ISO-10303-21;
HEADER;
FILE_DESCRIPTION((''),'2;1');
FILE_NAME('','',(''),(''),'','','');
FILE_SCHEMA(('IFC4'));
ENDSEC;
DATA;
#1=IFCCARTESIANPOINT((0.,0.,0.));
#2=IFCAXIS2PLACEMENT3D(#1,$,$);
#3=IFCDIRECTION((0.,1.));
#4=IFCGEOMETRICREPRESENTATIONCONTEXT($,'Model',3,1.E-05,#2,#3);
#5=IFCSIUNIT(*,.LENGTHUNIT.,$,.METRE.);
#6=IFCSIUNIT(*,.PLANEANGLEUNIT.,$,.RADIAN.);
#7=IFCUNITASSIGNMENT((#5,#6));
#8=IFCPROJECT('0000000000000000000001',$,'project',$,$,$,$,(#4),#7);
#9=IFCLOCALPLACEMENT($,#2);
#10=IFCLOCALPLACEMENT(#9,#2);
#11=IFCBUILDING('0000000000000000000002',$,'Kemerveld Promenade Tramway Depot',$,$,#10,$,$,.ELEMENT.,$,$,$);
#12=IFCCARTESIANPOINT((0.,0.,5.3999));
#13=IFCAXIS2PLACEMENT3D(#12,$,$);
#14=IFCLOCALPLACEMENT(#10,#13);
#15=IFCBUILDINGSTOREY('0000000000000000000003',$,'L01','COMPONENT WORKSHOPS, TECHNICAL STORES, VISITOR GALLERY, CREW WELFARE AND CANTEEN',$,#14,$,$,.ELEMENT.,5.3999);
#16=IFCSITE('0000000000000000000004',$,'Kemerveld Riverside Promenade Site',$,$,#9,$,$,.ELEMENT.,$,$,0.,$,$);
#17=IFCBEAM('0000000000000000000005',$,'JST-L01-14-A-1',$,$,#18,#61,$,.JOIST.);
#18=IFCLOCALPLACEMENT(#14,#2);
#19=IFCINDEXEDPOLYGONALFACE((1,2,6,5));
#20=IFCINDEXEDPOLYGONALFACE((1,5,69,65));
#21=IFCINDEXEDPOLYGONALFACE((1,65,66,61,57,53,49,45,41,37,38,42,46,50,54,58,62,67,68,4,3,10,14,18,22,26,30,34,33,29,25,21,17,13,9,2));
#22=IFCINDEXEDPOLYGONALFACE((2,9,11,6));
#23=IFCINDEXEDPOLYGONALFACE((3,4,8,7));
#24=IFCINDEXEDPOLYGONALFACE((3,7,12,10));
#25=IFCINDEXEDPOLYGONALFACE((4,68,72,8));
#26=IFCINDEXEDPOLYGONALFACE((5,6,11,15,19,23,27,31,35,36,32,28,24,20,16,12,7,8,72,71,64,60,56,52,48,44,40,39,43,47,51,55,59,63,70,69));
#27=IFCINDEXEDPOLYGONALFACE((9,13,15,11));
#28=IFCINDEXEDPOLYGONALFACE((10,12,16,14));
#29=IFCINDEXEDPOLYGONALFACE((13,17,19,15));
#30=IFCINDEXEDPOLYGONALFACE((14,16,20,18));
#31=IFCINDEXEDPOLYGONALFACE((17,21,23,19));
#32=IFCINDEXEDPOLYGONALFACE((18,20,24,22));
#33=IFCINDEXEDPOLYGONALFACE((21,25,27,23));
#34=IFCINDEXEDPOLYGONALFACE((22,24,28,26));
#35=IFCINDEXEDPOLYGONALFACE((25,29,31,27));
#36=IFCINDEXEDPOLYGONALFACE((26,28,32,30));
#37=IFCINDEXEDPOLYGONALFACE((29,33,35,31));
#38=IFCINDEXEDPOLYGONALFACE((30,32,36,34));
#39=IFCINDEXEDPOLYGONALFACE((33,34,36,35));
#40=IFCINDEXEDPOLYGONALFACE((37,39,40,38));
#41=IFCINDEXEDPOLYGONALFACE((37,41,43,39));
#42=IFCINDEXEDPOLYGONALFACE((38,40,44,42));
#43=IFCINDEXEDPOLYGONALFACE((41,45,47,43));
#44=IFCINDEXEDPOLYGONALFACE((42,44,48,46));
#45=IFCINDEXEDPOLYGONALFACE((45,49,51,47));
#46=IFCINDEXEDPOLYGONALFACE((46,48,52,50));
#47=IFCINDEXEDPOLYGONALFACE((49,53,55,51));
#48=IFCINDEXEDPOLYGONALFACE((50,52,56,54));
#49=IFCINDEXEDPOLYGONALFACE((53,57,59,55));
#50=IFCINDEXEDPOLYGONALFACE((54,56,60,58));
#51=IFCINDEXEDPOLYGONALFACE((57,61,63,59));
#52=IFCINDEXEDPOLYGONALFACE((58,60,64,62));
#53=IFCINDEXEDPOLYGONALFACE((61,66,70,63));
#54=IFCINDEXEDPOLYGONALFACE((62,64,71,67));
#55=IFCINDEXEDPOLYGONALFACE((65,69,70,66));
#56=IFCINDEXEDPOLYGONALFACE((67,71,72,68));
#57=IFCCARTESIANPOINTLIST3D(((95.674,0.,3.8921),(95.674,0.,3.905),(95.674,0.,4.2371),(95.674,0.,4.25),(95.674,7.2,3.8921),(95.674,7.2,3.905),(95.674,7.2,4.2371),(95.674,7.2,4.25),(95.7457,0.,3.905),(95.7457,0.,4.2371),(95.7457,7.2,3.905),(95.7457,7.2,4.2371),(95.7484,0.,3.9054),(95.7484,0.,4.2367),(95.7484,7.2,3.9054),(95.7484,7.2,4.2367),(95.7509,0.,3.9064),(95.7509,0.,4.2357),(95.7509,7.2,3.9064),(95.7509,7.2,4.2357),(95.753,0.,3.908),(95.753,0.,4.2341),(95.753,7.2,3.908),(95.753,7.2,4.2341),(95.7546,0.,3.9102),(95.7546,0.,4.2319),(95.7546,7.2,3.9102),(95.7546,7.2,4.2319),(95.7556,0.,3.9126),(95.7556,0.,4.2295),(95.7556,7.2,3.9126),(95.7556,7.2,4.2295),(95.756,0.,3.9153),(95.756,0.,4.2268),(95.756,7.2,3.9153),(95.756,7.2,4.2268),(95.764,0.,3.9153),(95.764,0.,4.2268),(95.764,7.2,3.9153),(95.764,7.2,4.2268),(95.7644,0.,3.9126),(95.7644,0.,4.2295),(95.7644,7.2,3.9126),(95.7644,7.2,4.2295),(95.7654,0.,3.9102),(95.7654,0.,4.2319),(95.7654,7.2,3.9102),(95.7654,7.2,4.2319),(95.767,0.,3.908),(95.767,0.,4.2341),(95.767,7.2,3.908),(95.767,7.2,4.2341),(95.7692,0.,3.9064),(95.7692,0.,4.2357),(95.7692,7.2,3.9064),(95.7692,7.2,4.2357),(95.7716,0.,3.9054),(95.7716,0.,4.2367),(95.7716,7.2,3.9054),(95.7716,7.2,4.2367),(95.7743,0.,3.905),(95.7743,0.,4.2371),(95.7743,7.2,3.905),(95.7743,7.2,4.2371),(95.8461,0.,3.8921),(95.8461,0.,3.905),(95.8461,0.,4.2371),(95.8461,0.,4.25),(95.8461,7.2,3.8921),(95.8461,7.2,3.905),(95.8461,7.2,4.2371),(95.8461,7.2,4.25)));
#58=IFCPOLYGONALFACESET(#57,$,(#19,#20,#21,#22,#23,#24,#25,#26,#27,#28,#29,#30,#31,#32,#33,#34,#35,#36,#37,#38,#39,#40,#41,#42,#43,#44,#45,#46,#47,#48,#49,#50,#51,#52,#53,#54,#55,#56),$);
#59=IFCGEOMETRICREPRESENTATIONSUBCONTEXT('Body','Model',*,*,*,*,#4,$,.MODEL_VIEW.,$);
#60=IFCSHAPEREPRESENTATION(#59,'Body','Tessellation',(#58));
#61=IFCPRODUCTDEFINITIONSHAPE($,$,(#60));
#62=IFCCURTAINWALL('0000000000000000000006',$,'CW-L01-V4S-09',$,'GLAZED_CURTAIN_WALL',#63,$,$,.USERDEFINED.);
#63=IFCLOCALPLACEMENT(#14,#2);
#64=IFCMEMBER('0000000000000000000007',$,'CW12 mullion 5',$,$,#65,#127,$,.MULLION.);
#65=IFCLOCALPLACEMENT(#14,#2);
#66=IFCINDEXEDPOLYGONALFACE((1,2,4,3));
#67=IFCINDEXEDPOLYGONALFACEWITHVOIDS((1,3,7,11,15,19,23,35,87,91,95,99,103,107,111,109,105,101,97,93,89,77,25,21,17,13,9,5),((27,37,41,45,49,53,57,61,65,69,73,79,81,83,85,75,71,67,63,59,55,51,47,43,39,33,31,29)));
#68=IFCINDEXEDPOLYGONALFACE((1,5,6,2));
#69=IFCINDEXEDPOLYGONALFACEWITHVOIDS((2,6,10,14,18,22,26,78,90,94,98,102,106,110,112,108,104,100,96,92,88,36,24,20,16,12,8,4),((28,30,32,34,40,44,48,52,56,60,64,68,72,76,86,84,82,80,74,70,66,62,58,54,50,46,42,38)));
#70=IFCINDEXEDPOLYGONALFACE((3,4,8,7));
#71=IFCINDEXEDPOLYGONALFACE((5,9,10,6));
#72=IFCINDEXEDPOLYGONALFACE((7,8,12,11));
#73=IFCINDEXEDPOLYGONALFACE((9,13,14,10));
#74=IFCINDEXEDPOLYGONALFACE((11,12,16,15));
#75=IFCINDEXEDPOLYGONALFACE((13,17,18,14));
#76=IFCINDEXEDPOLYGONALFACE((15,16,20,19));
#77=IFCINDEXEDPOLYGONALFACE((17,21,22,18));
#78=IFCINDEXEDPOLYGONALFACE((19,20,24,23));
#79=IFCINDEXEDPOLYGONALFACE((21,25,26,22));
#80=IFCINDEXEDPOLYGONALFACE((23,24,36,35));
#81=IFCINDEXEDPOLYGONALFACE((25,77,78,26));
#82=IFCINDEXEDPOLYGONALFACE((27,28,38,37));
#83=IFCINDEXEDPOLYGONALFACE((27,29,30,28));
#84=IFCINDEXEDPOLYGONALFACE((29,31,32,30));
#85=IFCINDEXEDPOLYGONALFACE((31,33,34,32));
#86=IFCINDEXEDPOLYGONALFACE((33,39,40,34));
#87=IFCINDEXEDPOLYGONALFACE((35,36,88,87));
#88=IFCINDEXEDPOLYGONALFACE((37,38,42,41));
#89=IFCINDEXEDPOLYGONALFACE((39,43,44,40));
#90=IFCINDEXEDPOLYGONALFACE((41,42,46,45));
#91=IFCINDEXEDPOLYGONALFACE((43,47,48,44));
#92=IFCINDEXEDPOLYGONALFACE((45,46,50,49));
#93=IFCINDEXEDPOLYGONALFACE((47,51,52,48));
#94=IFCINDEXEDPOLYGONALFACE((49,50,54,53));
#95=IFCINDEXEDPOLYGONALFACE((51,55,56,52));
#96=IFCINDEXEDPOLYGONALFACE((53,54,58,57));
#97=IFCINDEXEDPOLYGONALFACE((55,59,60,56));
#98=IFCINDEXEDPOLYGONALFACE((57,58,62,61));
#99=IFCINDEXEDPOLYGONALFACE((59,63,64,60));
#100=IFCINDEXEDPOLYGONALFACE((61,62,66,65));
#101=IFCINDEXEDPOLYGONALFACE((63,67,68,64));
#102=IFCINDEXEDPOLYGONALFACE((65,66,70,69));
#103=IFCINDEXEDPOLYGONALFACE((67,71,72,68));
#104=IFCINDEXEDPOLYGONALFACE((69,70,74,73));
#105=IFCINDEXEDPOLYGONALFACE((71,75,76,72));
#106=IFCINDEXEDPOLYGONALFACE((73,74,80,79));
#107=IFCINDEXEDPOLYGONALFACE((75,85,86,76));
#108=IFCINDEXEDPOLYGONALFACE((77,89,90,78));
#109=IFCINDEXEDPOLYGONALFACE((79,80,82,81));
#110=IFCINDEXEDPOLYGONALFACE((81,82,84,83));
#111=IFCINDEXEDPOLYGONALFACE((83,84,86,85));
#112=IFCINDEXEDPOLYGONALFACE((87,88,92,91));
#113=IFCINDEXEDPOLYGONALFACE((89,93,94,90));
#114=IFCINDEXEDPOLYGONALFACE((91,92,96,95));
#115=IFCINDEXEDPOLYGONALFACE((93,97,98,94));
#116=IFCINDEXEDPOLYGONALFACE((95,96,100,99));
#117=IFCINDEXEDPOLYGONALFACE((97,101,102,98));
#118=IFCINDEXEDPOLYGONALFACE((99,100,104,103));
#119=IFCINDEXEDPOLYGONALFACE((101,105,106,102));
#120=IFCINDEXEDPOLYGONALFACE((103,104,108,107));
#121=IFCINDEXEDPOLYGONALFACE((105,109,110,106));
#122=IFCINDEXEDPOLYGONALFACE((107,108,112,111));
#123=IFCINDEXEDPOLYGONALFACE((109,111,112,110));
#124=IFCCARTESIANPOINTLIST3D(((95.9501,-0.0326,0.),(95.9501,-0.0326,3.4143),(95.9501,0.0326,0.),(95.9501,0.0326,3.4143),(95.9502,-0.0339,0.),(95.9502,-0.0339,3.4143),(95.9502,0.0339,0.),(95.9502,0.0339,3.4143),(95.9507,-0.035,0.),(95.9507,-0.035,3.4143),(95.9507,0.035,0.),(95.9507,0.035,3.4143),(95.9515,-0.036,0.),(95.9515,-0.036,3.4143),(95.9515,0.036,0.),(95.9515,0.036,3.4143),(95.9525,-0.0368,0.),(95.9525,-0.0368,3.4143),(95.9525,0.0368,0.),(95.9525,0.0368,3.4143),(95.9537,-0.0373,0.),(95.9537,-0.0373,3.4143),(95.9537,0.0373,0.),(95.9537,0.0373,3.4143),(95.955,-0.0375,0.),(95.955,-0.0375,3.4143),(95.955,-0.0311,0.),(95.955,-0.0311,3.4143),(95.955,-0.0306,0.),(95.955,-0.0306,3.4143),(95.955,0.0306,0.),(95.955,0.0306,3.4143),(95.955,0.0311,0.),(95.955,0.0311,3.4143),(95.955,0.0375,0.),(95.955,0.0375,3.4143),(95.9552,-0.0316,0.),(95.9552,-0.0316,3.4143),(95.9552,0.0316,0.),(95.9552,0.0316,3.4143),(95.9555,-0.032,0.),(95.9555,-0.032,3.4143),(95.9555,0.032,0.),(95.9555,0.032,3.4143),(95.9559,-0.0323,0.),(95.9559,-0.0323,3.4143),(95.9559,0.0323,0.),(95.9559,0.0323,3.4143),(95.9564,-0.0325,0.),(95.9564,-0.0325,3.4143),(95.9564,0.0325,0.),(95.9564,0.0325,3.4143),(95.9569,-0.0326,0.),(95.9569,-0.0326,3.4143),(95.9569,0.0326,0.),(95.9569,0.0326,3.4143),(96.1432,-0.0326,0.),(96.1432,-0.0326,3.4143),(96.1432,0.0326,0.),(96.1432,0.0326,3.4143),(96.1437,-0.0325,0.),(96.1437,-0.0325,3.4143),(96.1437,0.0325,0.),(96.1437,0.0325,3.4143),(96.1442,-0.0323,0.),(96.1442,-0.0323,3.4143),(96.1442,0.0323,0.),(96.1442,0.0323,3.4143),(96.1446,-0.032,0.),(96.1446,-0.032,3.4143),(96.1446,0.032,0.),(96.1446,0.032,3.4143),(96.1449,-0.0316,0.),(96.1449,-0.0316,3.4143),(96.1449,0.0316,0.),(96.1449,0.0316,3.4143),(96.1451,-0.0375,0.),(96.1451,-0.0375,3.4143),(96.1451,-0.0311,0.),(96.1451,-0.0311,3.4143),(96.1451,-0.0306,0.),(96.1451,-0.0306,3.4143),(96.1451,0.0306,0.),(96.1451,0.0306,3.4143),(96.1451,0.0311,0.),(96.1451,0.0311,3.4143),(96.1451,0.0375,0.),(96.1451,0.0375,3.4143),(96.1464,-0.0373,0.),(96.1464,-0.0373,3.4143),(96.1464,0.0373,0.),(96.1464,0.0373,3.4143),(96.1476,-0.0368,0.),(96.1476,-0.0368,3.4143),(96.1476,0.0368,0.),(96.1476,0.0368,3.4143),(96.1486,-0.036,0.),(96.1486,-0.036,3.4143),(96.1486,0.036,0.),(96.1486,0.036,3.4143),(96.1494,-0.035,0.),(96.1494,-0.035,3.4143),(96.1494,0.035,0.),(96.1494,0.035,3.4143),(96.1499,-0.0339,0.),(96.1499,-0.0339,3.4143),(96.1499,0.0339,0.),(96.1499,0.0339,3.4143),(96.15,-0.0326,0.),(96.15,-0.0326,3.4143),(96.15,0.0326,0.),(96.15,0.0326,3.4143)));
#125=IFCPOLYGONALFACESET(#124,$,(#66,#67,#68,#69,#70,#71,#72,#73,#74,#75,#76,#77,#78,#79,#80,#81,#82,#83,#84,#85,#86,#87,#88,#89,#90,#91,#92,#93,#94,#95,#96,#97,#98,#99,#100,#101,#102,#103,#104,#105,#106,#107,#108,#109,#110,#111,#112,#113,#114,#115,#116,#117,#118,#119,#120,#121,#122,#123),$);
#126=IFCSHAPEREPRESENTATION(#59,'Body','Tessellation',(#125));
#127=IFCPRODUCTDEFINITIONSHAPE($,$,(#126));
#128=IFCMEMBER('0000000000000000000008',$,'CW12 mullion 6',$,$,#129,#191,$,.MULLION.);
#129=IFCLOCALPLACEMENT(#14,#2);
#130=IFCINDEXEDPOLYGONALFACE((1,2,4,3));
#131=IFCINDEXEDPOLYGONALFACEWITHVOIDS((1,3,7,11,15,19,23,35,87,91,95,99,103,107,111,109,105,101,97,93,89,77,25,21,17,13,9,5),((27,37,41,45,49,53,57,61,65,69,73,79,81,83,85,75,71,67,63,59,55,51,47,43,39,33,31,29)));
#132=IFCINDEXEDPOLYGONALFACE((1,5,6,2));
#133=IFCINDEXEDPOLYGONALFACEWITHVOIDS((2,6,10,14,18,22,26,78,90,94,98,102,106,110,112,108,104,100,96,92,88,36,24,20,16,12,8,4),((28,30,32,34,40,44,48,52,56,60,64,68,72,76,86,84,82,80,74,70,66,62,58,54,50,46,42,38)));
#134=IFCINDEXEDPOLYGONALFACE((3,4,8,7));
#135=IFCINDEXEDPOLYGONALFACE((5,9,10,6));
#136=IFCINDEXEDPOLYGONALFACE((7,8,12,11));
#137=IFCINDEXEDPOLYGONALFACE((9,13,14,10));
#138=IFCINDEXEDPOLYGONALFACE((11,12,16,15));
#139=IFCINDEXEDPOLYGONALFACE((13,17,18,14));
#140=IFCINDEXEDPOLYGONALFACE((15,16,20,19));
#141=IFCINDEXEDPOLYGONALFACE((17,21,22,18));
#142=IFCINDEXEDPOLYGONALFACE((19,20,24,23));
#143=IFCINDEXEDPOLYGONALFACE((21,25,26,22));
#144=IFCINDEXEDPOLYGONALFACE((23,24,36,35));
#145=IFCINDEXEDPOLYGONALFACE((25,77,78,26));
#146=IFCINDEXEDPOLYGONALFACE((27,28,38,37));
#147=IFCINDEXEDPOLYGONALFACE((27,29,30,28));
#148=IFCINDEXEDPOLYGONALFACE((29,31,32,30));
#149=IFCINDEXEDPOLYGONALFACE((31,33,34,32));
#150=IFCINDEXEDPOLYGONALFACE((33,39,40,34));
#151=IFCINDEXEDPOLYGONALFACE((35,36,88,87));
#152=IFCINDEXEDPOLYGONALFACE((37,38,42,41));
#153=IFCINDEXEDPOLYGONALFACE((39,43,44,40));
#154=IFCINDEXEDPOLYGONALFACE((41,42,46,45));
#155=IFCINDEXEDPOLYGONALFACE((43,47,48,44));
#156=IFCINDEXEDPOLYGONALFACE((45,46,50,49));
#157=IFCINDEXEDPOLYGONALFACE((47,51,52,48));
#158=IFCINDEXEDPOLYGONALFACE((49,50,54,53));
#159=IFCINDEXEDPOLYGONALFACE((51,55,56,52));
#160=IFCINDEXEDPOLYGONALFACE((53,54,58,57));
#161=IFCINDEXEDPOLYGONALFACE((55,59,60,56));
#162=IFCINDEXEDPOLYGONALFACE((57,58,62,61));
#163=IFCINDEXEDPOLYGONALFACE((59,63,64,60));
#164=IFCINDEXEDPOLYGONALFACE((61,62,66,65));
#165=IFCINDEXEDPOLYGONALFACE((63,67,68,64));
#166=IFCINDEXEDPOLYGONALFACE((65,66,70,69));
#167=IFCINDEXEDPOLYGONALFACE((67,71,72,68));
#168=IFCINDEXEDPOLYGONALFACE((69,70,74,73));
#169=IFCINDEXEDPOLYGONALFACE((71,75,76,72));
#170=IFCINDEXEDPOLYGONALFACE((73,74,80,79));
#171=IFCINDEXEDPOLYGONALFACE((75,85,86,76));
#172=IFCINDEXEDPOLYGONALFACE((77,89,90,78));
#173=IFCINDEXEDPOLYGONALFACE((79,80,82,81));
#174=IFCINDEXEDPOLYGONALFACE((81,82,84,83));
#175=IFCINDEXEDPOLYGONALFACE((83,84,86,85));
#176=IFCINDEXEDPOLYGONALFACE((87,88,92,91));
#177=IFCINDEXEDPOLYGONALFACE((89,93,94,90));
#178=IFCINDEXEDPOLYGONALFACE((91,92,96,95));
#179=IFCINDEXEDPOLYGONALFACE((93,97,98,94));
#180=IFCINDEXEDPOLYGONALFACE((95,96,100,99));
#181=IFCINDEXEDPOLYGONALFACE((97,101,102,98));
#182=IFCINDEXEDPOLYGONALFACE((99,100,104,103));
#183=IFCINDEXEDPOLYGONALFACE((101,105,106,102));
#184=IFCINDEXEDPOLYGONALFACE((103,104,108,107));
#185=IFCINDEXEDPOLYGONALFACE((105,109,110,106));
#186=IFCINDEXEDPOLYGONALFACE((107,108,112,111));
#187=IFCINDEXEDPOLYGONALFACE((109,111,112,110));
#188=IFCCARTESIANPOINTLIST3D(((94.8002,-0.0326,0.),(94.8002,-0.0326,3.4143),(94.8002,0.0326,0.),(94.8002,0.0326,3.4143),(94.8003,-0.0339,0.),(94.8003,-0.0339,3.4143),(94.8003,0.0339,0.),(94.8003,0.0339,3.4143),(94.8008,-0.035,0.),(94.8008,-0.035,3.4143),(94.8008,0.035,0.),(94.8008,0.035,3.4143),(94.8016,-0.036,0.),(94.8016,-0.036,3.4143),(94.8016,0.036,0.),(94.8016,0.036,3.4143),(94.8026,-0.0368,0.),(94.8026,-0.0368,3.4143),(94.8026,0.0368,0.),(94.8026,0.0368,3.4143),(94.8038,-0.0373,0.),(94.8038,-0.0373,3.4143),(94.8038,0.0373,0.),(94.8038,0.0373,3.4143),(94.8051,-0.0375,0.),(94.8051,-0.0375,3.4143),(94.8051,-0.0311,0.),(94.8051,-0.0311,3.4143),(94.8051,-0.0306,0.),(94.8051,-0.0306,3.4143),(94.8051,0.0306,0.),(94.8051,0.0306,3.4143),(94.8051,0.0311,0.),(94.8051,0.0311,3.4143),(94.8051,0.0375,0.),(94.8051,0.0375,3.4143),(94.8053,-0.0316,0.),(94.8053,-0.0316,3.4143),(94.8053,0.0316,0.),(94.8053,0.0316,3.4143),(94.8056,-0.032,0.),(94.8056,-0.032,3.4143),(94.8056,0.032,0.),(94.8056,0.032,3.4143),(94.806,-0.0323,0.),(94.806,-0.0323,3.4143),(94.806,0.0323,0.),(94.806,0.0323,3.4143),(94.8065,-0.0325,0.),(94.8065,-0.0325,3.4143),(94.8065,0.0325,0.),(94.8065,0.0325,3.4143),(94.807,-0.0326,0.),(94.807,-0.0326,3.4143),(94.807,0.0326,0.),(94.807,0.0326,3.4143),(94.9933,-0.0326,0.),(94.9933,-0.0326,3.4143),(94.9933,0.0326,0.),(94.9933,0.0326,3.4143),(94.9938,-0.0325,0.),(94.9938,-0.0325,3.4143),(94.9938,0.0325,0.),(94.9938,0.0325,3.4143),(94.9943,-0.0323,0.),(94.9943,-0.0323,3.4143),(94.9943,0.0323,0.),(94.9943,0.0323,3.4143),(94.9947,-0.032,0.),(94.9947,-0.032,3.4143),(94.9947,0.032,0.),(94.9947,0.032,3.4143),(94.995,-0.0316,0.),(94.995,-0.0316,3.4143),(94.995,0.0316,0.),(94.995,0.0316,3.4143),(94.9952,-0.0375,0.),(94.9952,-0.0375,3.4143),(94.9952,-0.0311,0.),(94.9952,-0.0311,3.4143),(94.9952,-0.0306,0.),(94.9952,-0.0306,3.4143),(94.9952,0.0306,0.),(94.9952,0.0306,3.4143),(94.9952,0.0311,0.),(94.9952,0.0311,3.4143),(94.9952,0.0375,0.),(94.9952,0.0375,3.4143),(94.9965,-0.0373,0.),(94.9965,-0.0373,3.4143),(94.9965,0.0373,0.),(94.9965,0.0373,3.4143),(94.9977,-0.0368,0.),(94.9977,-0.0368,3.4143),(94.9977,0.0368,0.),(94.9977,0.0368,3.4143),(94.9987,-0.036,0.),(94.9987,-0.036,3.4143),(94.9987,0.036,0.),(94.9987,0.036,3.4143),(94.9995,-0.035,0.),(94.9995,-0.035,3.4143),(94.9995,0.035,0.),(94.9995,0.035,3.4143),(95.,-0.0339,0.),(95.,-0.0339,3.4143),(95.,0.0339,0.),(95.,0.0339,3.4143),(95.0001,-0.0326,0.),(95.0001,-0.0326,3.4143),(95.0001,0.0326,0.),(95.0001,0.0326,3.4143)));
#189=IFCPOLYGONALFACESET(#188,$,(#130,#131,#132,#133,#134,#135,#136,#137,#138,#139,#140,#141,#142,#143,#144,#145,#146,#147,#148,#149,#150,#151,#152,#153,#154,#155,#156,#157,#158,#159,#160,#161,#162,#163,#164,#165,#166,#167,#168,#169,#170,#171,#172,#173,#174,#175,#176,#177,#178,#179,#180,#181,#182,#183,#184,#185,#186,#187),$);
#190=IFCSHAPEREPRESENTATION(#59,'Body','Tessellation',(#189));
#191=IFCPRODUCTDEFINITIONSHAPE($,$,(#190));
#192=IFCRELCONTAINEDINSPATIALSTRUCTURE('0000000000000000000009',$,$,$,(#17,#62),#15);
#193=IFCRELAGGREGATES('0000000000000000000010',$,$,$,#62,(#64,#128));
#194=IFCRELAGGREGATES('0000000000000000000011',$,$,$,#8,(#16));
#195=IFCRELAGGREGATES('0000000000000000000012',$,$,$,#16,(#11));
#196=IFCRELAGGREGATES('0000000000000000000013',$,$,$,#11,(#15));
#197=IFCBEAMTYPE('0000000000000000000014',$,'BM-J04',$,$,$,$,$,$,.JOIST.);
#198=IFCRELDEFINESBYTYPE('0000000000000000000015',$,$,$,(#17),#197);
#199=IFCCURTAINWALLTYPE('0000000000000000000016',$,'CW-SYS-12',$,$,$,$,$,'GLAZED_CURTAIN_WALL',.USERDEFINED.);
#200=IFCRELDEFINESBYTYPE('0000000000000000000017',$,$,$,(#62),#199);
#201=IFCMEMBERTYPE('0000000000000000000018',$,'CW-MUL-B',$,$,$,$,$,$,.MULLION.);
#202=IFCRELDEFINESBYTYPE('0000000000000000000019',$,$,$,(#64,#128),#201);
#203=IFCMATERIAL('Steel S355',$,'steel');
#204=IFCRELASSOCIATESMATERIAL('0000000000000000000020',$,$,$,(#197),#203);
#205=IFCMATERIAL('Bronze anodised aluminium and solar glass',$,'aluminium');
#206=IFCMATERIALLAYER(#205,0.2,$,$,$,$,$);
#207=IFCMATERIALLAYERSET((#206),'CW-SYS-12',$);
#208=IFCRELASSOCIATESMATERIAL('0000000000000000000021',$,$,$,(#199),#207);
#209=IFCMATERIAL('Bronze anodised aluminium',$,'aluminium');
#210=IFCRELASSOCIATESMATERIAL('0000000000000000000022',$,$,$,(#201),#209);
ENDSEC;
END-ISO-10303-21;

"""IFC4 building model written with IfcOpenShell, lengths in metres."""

from ifc_helpers import new_model, si_unit, direction, frame, origin, origin_2d, place, context, subcontext, project, spatial, hollow_rectangle, i_section, extrude, material, layer, layer_set, material_profile, profile_set, type_object, element, aggregate, save


model = new_model("IFC4")

# Units and contexts
model_context = context("Model", 3, precision=1e-05, world=origin(), true_north=direction((0.0, 1.0)))
body_context = subcontext(model_context, "Body", "Model", "MODEL_VIEW")
ifc_project = project(units=[si_unit("LENGTHUNIT", "METRE"), si_unit("PLANEANGLEUNIT", "RADIAN")], contexts=[model_context])

# Site, building, storey
site_placement = place(None, origin())
site = spatial("IfcSite", under=ifc_project, at=site_placement, Name="Kemerveld Riverside Promenade Site", CompositionType="ELEMENT", RefElevation=0.0)
building_placement = place(site_placement, origin())
building = spatial("IfcBuilding", under=site, at=building_placement, Name="Kemerveld Promenade Tramway Depot", CompositionType="ELEMENT")
storey_placement = place(building_placement, frame((0.0, 0.0, 5.3999)))
storey = spatial("IfcBuildingStorey", under=building, at=storey_placement, Name="L01", Description="COMPONENT WORKSHOPS, TECHNICAL STORES, VISITOR GALLERY, CREW WELFARE AND CANTEEN", CompositionType="ELEMENT", Elevation=5.3999)

# Shared definitions
ifc_material_1 = material(Name="Steel S355", Category="steel")

# Beam
ifc_material_profile_1 = material_profile(ifc_material_1, i_section(OverallWidth=0.1721, OverallDepth=0.3579, WebThickness=0.0081, FlangeThickness=0.0129, FilletRadius=0.0103, at=origin_2d()), Name="356x171x57 UB")
ifc_profile_set_1 = profile_set([ifc_material_profile_1], Name="Steel S355")
beam_type_1 = type_object("IfcBeamType", Name="BM-J04", PredefinedType="JOIST", material=ifc_profile_set_1)
beam_1_placement = place(storey_placement, frame((95.76, 0.0, 4.071), z_axis=(0.0, 1.0, 0.0), x_axis=(-1.0, 0.0, 0.0)))
element("IfcBeam", 1, at=beam_1_placement, inside=storey, type_object=beam_type_1, Name="JST-L01-14-A-1", PredefinedType="JOIST", context=body_context, shape_type="SweptSolid", body=[
    extrude(i_section(OverallWidth=0.1721, OverallDepth=0.3579, WebThickness=0.0081, FlangeThickness=0.0129, FilletRadius=0.0103, at=origin_2d()), origin(), (0.0, 0.0, 1.0), 7.2),
])

# Curtain wall, members
ifc_material_2 = material(Name="Bronze anodised aluminium and solar glass", Category="aluminium")
ifc_layer_1 = layer(ifc_material_2, 0.2)
ifc_layer_set_1 = layer_set([ifc_layer_1], Name="CW-SYS-12")
curtain_wall_type = type_object("IfcCurtainWallType", Name="CW-SYS-12", ElementType="GLAZED_CURTAIN_WALL", PredefinedType="USERDEFINED", material=ifc_layer_set_1)
curtain_wall_placement = place(storey_placement, origin())
curtain_wall = element("IfcCurtainWall", 2, at=curtain_wall_placement, inside=storey, type_object=curtain_wall_type, Name="CW-L01-V4S-09", ObjectType="GLAZED_CURTAIN_WALL", PredefinedType="USERDEFINED")
ifc_material_3 = material(Name="Bronze anodised aluminium", Category="aluminium")
ifc_material_profile_2 = material_profile(ifc_material_3, hollow_rectangle(XDim=0.075, YDim=0.2, WallThickness=0.0049, InnerFilletRadius=0.002, OuterFilletRadius=0.0049, at=origin_2d()), Name="CW-MUL-200x75")
ifc_profile_set_2 = profile_set([ifc_material_profile_2], Name="Bronze anodised aluminium")
member_type_1 = type_object("IfcMemberType", Name="CW-MUL-B", PredefinedType="MULLION", material=ifc_profile_set_2)
member_1_placement = place(storey_placement, frame((96.05, 0.0, 0.0), z_axis=(0.0, 0.0, 1.0), x_axis=(0.0, -1.0, 0.0)))
member_1 = element("IfcMember", 3, at=member_1_placement, type_object=member_type_1, Name="CW12 mullion 5", PredefinedType="MULLION", context=body_context, shape_type="SweptSolid", body=[
    extrude(hollow_rectangle(XDim=0.075, YDim=0.2, WallThickness=0.0049, InnerFilletRadius=0.002, OuterFilletRadius=0.0049, at=origin_2d()), origin(), (0.0, 0.0, 1.0), 3.4143),
])
member_2_placement = place(storey_placement, frame((94.9001, 0.0, 0.0), z_axis=(0.0, 0.0, 1.0), x_axis=(0.0, -1.0, 0.0)))
member_2 = element("IfcMember", 4, at=member_2_placement, type_object=member_type_1, Name="CW12 mullion 6", PredefinedType="MULLION", context=body_context, shape_type="SweptSolid", body=[
    extrude(hollow_rectangle(XDim=0.075, YDim=0.2, WallThickness=0.0049, InnerFilletRadius=0.002, OuterFilletRadius=0.0049, at=origin_2d()), origin(), (0.0, 0.0, 1.0), 3.4143),
])
aggregate(curtain_wall, [member_1, member_2])

save(model, "model.ifc")
